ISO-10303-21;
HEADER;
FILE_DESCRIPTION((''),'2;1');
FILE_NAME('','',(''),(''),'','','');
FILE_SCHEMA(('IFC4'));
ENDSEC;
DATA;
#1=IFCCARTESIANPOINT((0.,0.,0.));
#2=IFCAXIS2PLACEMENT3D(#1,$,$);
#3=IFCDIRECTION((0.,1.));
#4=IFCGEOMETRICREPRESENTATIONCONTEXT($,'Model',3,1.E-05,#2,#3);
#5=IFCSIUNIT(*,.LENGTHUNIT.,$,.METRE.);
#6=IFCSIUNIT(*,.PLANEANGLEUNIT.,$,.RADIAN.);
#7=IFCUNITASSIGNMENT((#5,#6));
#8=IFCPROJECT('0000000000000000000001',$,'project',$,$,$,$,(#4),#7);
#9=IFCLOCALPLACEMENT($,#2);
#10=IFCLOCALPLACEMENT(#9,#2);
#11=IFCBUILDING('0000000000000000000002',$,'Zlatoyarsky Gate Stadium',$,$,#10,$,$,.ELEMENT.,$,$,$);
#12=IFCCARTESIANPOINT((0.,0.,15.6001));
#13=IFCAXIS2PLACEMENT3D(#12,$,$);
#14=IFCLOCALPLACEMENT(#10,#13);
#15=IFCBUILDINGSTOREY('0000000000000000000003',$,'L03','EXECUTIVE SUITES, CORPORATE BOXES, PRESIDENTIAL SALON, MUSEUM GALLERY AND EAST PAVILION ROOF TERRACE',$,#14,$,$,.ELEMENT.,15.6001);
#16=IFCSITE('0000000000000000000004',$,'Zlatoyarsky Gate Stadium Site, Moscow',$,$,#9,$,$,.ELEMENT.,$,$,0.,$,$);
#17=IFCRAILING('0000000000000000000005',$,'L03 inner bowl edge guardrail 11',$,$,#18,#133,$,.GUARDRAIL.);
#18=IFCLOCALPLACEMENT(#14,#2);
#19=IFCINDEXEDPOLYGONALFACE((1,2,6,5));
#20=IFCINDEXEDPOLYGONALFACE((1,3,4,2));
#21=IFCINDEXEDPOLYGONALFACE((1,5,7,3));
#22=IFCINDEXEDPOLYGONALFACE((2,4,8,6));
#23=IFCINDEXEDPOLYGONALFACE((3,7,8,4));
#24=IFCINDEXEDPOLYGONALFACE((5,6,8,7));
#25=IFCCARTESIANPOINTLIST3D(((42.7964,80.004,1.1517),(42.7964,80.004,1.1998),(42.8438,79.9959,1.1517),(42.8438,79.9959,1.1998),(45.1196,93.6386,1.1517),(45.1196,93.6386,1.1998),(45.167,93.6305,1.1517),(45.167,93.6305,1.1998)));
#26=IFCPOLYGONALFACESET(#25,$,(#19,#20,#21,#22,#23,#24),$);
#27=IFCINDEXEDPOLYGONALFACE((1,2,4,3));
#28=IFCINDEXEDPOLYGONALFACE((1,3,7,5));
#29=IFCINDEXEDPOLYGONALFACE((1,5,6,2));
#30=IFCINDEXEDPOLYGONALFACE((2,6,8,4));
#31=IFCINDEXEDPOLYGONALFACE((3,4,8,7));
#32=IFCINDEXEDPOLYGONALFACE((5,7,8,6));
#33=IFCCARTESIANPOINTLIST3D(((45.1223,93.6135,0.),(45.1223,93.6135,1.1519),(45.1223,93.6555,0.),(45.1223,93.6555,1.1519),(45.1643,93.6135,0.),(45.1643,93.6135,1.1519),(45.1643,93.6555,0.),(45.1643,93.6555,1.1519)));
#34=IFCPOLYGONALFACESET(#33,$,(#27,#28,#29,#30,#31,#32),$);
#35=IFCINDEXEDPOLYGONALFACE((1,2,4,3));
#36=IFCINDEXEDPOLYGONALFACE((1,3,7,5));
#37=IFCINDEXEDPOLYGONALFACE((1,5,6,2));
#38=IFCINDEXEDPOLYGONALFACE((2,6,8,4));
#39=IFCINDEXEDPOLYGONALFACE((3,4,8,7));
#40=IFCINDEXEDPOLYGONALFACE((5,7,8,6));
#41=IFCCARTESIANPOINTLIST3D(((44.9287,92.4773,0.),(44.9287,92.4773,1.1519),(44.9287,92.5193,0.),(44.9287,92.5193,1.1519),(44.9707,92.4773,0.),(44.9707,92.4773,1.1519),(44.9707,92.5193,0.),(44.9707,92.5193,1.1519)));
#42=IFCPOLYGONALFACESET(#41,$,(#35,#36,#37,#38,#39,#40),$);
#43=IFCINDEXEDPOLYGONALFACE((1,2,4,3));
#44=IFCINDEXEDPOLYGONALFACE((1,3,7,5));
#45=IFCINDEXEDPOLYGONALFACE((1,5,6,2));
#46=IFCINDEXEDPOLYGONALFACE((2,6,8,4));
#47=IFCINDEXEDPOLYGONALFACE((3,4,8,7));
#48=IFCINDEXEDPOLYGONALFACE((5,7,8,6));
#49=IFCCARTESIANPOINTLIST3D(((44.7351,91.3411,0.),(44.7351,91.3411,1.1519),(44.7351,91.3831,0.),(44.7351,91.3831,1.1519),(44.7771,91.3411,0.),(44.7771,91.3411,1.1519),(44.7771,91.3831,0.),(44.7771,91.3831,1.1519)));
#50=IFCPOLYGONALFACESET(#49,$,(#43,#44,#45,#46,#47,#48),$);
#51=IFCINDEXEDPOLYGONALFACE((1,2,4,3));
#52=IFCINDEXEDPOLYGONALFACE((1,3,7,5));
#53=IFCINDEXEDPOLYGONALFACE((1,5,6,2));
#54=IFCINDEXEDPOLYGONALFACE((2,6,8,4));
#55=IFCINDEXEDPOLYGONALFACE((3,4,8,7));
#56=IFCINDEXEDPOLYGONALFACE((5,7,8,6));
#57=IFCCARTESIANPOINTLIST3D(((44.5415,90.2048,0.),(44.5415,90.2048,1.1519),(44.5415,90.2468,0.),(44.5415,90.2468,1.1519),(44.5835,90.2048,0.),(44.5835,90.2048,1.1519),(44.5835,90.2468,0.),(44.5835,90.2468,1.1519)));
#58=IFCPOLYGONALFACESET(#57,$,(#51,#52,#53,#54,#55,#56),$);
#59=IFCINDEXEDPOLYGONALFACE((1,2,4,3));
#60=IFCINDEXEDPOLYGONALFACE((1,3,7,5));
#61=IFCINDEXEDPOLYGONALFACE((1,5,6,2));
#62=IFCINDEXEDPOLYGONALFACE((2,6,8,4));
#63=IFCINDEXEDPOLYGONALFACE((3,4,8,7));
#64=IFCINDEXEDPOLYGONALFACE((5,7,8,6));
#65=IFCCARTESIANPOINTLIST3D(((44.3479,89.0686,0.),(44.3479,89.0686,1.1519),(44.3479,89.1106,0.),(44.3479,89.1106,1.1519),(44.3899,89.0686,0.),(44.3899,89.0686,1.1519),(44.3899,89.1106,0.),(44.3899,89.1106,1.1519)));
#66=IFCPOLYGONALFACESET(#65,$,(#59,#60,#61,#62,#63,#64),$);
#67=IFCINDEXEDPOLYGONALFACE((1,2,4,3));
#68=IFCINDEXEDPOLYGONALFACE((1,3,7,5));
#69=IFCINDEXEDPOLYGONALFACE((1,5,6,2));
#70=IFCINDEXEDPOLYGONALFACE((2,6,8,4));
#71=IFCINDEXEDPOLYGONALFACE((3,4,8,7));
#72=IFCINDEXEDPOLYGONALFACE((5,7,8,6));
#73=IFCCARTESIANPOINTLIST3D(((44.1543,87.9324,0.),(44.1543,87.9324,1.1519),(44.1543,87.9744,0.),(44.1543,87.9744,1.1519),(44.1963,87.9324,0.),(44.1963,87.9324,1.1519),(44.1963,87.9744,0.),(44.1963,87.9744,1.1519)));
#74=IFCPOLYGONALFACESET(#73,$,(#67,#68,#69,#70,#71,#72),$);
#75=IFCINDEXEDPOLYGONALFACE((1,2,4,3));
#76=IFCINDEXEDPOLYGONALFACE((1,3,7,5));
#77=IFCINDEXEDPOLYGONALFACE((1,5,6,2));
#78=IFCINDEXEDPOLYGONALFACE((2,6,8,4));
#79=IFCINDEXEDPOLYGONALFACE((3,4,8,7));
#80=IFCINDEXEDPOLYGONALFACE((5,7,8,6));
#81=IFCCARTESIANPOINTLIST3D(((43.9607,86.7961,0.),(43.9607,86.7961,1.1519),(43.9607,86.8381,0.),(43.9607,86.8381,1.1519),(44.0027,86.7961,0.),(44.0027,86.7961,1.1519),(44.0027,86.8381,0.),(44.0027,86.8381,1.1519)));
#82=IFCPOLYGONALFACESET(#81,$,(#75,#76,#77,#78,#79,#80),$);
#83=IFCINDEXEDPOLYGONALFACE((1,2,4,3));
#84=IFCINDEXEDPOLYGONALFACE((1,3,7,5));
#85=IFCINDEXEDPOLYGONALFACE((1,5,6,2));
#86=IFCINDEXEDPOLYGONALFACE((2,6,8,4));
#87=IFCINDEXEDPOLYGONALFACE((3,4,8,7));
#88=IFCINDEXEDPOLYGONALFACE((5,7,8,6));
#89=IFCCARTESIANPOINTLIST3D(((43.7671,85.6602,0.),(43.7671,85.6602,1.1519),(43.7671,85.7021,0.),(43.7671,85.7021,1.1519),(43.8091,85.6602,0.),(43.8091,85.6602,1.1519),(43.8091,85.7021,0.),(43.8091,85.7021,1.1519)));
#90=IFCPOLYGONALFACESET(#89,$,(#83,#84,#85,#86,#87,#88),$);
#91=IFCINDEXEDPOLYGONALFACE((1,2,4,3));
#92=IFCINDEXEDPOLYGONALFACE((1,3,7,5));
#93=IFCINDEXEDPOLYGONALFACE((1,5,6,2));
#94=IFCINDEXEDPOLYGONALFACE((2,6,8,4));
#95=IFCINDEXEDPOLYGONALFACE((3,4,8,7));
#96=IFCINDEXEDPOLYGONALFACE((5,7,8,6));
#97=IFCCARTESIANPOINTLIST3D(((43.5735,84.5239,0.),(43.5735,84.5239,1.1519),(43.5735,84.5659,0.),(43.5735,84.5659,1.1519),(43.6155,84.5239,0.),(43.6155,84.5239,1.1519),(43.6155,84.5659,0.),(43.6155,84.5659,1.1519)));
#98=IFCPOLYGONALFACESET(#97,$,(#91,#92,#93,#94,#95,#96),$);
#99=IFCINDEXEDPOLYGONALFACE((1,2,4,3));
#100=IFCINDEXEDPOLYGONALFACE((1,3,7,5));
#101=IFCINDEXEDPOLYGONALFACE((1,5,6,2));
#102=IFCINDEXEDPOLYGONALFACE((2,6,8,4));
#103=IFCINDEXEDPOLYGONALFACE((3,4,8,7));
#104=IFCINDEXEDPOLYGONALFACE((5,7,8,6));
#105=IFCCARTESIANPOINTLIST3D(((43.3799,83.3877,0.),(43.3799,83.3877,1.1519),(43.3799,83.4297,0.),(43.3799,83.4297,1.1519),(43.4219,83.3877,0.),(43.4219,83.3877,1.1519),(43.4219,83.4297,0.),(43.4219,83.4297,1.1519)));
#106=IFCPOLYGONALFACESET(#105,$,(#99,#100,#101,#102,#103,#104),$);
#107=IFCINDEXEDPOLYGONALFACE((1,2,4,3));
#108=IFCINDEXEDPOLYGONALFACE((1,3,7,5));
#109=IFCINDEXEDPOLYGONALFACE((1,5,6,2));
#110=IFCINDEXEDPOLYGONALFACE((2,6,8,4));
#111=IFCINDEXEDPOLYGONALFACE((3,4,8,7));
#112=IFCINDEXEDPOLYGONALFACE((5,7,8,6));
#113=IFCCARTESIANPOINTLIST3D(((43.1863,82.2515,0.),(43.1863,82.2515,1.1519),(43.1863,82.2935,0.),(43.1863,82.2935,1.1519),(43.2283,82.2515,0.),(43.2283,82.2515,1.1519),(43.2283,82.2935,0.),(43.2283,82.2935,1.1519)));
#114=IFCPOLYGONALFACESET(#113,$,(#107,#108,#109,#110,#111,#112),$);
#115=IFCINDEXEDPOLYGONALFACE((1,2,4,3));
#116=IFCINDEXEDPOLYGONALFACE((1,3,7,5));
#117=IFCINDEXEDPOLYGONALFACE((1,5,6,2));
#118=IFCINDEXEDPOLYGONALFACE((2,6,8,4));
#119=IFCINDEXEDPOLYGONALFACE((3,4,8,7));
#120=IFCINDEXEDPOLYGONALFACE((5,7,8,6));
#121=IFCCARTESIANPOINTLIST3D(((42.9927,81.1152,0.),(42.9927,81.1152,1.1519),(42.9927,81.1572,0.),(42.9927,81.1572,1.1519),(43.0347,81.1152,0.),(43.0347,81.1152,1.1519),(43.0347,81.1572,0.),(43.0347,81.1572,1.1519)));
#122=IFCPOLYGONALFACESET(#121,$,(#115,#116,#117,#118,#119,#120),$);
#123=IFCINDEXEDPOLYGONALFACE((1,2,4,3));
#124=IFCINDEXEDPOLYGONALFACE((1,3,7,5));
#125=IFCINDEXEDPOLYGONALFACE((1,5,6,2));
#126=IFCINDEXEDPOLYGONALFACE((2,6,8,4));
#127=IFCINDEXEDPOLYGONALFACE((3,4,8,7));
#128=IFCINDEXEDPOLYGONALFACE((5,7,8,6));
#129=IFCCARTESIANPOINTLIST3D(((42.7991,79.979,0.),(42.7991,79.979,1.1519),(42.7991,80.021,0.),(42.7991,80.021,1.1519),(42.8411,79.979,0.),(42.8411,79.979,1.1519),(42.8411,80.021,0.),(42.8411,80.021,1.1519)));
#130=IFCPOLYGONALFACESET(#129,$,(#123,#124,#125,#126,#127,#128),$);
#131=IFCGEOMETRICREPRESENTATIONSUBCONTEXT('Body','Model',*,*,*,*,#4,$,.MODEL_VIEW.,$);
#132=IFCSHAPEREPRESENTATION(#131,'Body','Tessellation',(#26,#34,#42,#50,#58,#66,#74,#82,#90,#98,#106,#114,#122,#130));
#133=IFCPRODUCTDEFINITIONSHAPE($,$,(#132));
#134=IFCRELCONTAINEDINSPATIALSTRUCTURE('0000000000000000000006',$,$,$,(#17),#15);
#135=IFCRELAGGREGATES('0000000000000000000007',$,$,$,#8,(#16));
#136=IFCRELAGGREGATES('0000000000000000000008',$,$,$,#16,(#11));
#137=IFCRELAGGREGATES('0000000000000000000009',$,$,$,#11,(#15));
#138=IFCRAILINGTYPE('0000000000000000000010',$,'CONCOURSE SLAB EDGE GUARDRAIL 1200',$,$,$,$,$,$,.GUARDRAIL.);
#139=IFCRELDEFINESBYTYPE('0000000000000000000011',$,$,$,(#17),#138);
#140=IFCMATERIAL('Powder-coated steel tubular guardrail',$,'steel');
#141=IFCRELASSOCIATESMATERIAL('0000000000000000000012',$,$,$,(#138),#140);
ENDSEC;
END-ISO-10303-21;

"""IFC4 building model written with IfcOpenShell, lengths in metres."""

from ifc_helpers import new_model, si_unit, direction, frame, origin, origin_2d, place, context, subcontext, project, spatial, rectangle, extrude, material, type_object, element, save


model = new_model("IFC4")

# Units and contexts
model_context = context("Model", 3, precision=1e-05, world=origin(), true_north=direction((0.0, 1.0)))
body_context = subcontext(model_context, "Body", "Model", "MODEL_VIEW")
ifc_project = project(units=[si_unit("LENGTHUNIT", "METRE"), si_unit("PLANEANGLEUNIT", "RADIAN")], contexts=[model_context])

# Site, building, storey
site_placement = place(None, origin())
site = spatial("IfcSite", under=ifc_project, at=site_placement, Name="Zlatoyarsky Gate Stadium Site, Moscow", CompositionType="ELEMENT", RefElevation=0.0)
building_placement = place(site_placement, origin())
building = spatial("IfcBuilding", under=site, at=building_placement, Name="Zlatoyarsky Gate Stadium", CompositionType="ELEMENT")
storey_placement = place(building_placement, frame((0.0, 0.0, 15.6001)))
storey = spatial("IfcBuildingStorey", under=building, at=storey_placement, Name="L03", Description="EXECUTIVE SUITES, CORPORATE BOXES, PRESIDENTIAL SALON, MUSEUM GALLERY AND EAST PAVILION ROOF TERRACE", CompositionType="ELEMENT", Elevation=15.6001)

# Railing
ifc_material_1 = material(Name="Powder-coated steel tubular guardrail", Category="steel")
railing_type = type_object("IfcRailingType", Name="CONCOURSE SLAB EDGE GUARDRAIL 1200", PredefinedType="GUARDRAIL", material=ifc_material_1)
railing_1_placement = place(storey_placement, frame((45.1433, 93.6345, 0.0)))
element("IfcRailing", 1, at=railing_1_placement, inside=storey, type_object=railing_type, Name="L03 inner bowl edge guardrail 11", PredefinedType="GUARDRAIL", context=body_context, shape_type="SweptSolid", body=[
    extrude(rectangle(XDim=0.0481, YDim=0.0481, at=origin_2d()), frame((0.0, 0.0, 1.1758), z_axis=(-0.167973, -0.985792, 0.0), x_axis=(0.985792, -0.167973, 0.0)), (0.0, 0.0, 1.0), 13.8311),
    extrude(rectangle(XDim=0.042, YDim=0.042, at=origin_2d()), origin(), (0.0, 0.0, 1.0), 1.1519),
    extrude(rectangle(XDim=0.042, YDim=0.042, at=origin_2d()), frame((-0.1936, -1.1362, 0.0)), (0.0, 0.0, 1.0), 1.1519),
    extrude(rectangle(XDim=0.042, YDim=0.042, at=origin_2d()), frame((-0.3872, -2.2725, 0.0)), (0.0, 0.0, 1.0), 1.1519),
    extrude(rectangle(XDim=0.042, YDim=0.042, at=origin_2d()), frame((-0.5808, -3.4087, 0.0)), (0.0, 0.0, 1.0), 1.1519),
    extrude(rectangle(XDim=0.042, YDim=0.042, at=origin_2d()), frame((-0.7744, -4.5449, 0.0)), (0.0, 0.0, 1.0), 1.1519),
    extrude(rectangle(XDim=0.042, YDim=0.042, at=origin_2d()), frame((-0.968, -5.6812, 0.0)), (0.0, 0.0, 1.0), 1.1519),
    extrude(rectangle(XDim=0.042, YDim=0.042, at=origin_2d()), frame((-1.1616, -6.8174, 0.0)), (0.0, 0.0, 1.0), 1.1519),
    extrude(rectangle(XDim=0.042, YDim=0.042, at=origin_2d()), frame((-1.3552, -7.9534, 0.0)), (0.0, 0.0, 1.0), 1.1519),
    extrude(rectangle(XDim=0.042, YDim=0.042, at=origin_2d()), frame((-1.5488, -9.0896, 0.0)), (0.0, 0.0, 1.0), 1.1519),
    extrude(rectangle(XDim=0.042, YDim=0.042, at=origin_2d()), frame((-1.7424, -10.2258, 0.0)), (0.0, 0.0, 1.0), 1.1519),
    extrude(rectangle(XDim=0.042, YDim=0.042, at=origin_2d()), frame((-1.936, -11.3621, 0.0)), (0.0, 0.0, 1.0), 1.1519),
    extrude(rectangle(XDim=0.042, YDim=0.042, at=origin_2d()), frame((-2.1296, -12.4983, 0.0)), (0.0, 0.0, 1.0), 1.1519),
    extrude(rectangle(XDim=0.042, YDim=0.042, at=origin_2d()), frame((-2.3232, -13.6345, 0.0)), (0.0, 0.0, 1.0), 1.1519),
])

save(model, "model.ifc")
